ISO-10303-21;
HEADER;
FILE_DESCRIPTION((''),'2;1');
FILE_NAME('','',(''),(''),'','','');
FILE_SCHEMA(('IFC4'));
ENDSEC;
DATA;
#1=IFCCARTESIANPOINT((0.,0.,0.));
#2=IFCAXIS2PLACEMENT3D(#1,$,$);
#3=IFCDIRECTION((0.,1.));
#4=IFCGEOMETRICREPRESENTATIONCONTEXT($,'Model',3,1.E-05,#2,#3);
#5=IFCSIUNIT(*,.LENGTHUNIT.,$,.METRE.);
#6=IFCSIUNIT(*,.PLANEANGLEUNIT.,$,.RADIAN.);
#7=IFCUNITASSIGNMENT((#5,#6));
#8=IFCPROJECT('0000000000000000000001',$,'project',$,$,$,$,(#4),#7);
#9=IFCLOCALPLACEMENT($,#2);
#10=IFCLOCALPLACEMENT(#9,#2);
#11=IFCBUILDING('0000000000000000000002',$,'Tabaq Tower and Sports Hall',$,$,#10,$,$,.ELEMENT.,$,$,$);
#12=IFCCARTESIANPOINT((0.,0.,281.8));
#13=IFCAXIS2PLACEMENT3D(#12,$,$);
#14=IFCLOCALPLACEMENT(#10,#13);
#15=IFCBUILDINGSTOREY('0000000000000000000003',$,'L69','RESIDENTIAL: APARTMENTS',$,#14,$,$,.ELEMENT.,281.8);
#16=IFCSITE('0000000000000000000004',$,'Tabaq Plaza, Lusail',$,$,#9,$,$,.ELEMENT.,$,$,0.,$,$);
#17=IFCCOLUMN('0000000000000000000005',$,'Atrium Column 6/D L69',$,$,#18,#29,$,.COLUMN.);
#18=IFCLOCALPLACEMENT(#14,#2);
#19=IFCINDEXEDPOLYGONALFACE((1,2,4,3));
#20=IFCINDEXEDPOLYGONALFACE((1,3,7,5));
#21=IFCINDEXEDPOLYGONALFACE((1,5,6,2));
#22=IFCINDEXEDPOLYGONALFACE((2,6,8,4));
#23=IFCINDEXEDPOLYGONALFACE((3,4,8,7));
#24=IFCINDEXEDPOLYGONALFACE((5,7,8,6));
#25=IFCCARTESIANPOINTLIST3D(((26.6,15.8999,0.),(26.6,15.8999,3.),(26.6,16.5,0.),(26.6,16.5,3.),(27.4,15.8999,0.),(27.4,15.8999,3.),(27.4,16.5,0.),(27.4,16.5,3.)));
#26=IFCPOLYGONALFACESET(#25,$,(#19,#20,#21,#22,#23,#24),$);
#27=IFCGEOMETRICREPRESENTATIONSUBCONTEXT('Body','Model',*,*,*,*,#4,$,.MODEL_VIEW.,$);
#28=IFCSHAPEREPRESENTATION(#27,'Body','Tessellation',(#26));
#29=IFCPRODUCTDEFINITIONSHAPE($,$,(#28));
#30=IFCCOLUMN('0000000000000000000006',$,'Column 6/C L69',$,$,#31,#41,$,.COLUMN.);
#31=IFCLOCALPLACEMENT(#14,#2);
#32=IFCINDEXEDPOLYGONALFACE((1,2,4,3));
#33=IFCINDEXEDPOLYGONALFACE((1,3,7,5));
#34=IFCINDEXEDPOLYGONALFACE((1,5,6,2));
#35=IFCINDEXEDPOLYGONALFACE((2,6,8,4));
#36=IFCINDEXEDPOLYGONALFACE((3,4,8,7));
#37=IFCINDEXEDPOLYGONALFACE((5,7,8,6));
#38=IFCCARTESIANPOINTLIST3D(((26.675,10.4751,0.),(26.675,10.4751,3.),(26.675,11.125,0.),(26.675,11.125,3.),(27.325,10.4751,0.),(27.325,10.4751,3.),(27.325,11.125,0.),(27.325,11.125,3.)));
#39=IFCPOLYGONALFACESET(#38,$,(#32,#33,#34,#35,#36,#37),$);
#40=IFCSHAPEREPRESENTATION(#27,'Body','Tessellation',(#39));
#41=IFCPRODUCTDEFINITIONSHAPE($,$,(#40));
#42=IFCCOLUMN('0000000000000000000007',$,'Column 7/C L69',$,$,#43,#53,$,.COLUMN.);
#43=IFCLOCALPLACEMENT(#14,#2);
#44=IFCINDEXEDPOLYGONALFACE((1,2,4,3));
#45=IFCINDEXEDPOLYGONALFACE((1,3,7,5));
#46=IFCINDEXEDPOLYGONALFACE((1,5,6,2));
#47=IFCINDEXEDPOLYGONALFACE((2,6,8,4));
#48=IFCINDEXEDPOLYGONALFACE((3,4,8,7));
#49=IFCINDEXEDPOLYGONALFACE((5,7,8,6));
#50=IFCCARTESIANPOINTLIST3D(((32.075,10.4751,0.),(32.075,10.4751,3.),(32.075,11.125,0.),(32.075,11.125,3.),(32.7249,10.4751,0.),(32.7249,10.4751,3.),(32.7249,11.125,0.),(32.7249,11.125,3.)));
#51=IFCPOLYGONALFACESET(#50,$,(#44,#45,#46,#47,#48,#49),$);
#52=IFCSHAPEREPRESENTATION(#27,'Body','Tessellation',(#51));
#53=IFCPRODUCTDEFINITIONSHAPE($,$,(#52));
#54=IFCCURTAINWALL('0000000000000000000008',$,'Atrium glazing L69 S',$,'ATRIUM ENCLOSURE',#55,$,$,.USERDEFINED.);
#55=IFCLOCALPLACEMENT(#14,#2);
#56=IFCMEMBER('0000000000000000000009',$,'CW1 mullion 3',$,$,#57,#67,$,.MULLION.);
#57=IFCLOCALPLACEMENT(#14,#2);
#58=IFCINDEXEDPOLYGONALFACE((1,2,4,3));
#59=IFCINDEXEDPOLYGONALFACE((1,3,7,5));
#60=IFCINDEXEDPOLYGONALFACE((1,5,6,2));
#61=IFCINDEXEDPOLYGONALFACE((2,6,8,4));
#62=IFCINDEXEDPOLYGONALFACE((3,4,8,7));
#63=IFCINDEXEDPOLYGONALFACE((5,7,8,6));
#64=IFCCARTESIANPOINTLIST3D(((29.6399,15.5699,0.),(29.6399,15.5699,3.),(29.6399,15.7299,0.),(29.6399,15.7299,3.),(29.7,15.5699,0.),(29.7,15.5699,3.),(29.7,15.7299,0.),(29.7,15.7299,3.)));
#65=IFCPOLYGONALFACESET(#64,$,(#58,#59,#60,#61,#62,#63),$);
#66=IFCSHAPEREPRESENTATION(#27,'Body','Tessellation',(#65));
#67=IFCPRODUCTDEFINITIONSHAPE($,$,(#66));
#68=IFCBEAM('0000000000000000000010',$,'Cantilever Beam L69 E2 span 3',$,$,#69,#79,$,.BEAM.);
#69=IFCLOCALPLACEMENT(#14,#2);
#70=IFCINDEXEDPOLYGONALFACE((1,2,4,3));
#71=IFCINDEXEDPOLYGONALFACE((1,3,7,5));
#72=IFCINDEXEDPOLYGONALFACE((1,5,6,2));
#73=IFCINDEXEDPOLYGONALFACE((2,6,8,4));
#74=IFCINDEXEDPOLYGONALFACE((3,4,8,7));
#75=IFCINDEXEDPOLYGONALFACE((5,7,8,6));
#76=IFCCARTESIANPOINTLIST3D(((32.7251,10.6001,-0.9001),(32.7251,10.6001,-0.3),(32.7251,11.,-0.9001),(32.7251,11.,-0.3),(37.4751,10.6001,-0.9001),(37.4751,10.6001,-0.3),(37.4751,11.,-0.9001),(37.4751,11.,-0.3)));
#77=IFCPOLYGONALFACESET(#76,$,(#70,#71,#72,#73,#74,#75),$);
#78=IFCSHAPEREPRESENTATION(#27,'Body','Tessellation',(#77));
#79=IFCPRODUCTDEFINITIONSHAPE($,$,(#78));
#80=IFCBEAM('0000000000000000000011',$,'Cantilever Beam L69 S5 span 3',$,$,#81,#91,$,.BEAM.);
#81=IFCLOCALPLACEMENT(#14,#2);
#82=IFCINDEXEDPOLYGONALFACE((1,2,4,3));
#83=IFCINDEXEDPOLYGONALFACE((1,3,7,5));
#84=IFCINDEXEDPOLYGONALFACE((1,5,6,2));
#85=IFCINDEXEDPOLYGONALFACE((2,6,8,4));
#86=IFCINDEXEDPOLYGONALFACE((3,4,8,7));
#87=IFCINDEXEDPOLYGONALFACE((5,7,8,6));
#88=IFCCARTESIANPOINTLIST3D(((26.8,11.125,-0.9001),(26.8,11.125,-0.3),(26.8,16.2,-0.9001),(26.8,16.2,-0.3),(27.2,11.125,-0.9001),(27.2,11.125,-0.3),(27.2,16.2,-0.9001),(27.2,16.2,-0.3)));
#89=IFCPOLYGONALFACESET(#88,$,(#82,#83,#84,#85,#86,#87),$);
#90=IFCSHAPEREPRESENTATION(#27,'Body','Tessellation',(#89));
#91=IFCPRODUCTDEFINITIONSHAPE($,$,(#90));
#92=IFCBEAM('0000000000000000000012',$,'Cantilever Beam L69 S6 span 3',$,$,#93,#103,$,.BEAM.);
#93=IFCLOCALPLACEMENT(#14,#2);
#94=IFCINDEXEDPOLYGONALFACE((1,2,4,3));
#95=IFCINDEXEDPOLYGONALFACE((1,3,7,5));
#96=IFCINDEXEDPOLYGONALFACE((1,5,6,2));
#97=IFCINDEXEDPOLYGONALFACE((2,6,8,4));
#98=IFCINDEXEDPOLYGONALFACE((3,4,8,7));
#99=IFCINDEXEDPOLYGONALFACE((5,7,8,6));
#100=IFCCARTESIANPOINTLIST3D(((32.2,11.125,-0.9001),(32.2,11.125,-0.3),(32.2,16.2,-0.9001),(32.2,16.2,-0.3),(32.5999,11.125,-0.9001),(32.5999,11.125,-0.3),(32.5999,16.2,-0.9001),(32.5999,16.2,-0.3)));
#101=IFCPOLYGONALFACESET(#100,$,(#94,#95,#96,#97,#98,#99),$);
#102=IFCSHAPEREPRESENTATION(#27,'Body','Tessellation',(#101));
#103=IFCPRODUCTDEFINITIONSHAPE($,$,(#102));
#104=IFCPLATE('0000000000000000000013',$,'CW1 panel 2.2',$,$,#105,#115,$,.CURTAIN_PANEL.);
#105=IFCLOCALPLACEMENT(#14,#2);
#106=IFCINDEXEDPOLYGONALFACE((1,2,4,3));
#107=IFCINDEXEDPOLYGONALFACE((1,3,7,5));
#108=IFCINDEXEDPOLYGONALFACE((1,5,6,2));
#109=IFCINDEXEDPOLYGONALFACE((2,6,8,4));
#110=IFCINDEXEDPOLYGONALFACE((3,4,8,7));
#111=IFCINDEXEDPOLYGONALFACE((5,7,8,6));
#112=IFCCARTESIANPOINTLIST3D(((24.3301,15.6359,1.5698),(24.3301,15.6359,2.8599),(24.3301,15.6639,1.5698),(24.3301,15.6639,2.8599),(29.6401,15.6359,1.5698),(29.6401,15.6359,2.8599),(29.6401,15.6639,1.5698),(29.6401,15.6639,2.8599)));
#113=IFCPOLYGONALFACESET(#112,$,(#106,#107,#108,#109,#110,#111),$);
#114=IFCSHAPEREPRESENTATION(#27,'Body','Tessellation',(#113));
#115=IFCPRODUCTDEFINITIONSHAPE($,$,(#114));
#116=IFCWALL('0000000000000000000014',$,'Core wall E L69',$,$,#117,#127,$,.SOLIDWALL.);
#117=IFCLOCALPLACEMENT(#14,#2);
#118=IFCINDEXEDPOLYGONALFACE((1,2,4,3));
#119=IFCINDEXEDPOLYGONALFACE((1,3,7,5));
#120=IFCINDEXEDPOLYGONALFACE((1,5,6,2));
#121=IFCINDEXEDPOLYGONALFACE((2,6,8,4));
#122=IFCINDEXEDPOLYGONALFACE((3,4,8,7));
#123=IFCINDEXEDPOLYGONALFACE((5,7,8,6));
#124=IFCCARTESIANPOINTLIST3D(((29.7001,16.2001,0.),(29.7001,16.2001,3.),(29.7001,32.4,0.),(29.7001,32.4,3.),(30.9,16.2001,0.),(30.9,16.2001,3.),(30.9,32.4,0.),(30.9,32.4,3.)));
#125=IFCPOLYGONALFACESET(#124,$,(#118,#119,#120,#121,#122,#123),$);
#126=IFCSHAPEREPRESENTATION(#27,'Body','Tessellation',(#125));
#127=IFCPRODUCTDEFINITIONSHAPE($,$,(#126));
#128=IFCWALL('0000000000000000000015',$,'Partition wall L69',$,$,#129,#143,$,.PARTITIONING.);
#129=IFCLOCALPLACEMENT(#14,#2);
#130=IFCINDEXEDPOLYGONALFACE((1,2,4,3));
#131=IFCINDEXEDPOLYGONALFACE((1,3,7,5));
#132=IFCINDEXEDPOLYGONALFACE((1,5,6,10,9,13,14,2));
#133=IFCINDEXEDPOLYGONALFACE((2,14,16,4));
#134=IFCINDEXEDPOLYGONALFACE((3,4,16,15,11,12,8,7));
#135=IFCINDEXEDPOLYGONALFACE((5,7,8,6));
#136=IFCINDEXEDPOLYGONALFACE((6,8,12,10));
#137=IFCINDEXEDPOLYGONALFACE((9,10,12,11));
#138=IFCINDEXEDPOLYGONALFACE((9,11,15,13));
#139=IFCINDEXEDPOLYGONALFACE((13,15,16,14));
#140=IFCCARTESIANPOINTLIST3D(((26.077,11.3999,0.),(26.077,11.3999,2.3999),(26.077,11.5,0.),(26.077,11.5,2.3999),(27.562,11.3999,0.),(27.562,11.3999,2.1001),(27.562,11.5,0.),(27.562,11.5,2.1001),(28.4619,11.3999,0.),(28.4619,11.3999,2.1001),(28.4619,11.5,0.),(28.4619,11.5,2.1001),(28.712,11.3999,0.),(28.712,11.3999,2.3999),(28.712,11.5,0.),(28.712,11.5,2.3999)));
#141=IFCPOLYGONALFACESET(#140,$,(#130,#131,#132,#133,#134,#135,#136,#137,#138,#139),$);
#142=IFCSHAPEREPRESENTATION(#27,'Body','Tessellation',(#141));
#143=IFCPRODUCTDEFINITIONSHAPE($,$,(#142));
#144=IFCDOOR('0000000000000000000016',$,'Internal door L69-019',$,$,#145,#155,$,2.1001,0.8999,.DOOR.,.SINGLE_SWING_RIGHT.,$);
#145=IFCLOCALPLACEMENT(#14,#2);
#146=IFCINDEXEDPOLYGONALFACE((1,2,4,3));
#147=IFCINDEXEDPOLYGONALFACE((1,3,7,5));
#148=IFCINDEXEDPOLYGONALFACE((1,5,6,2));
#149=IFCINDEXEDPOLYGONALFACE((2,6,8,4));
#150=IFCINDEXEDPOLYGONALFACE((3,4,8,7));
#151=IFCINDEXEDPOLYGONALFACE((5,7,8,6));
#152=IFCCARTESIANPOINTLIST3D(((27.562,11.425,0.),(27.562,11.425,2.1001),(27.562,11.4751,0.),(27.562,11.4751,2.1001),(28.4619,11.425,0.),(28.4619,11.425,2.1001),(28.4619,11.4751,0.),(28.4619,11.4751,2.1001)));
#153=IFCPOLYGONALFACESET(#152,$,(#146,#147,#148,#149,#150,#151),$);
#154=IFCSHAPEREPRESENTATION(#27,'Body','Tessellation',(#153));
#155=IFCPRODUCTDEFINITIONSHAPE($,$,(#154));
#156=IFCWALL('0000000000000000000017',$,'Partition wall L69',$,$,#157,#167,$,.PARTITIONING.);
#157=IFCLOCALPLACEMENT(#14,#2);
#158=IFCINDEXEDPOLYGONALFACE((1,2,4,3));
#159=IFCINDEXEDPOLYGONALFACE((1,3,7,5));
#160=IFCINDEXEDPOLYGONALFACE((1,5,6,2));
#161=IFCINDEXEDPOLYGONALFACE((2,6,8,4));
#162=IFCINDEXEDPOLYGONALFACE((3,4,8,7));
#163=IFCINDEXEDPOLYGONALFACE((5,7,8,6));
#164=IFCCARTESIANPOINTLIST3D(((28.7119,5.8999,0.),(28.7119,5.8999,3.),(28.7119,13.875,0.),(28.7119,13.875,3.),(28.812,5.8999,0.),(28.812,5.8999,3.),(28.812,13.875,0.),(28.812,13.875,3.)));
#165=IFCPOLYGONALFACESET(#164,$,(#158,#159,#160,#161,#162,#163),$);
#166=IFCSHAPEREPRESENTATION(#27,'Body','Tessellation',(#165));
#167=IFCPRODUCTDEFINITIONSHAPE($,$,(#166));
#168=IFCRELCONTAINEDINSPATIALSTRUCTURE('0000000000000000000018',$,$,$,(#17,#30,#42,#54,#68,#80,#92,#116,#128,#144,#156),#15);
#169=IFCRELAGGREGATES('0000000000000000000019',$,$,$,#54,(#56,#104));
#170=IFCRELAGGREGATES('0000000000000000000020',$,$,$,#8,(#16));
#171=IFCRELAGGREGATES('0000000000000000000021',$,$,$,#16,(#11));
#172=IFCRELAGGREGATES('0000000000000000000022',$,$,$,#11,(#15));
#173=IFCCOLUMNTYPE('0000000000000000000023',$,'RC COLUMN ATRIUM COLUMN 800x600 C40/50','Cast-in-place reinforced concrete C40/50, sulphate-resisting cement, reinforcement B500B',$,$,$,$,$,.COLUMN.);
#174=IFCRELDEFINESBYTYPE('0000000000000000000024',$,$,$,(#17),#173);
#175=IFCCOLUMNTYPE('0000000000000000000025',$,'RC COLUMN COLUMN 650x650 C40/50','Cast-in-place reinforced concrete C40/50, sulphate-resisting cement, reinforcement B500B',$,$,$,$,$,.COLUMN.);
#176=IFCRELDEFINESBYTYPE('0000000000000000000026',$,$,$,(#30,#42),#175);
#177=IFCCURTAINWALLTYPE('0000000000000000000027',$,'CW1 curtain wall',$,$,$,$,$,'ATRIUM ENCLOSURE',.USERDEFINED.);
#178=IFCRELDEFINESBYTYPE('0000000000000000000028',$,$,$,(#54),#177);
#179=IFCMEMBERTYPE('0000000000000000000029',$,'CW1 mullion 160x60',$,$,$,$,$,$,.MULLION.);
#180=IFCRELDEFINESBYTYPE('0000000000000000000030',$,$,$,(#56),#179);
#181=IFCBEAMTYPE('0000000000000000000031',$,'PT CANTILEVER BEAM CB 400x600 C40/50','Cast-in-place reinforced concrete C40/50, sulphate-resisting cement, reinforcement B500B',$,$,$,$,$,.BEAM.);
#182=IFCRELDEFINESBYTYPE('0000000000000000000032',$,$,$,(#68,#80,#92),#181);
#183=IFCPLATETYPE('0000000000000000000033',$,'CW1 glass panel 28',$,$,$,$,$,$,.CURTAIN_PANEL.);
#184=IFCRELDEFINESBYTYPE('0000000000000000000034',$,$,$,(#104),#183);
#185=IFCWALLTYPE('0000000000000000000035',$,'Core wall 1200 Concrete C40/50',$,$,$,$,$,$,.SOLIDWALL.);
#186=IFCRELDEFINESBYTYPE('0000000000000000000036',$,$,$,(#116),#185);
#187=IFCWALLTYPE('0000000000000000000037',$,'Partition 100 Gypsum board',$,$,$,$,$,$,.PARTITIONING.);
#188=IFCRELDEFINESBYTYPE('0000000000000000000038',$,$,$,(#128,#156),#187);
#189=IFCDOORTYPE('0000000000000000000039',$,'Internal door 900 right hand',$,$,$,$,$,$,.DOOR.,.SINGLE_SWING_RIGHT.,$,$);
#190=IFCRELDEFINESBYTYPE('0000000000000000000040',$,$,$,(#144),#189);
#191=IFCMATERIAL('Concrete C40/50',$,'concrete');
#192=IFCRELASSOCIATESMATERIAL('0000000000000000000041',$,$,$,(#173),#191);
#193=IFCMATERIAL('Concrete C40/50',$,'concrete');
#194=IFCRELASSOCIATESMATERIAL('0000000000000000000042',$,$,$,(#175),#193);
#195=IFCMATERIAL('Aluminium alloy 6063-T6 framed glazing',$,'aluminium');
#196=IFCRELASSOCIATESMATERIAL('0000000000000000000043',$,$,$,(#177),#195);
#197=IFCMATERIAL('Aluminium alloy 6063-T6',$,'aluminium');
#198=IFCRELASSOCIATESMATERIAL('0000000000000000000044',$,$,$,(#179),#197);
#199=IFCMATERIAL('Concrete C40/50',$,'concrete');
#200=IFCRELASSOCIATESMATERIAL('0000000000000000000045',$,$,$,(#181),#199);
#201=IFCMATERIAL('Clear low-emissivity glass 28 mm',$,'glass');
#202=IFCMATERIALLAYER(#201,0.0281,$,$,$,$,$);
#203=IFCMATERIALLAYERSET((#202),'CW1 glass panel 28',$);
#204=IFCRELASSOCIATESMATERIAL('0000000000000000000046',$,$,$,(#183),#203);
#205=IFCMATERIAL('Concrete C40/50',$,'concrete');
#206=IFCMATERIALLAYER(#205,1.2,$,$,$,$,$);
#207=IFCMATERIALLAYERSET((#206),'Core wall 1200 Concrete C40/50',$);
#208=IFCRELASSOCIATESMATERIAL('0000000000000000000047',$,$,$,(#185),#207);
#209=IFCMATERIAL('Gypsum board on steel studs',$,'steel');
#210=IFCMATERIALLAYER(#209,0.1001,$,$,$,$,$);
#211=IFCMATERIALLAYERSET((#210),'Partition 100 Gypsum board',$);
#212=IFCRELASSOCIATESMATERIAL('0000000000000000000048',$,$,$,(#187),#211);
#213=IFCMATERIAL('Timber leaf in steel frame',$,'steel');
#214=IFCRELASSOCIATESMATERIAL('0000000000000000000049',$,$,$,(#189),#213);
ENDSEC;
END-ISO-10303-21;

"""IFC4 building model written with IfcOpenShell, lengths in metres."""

from ifc_helpers import new_model, si_unit, direction, frame, frame_2d, origin, origin_2d, place, context, subcontext, project, spatial, rectangle, extrude, material, layer, layer_set, material_profile, profile_set, type_object, element, fill, aggregate, save


model = new_model("IFC4")

# Units and contexts
model_context = context("Model", 3, precision=1e-05, world=origin(), true_north=direction((0.0, 1.0)))
body_context = subcontext(model_context, "Body", "Model", "MODEL_VIEW")
ifc_project = project(units=[si_unit("LENGTHUNIT", "METRE"), si_unit("PLANEANGLEUNIT", "RADIAN")], contexts=[model_context])

# Site, building, storey
site_placement = place(None, origin())
site = spatial("IfcSite", under=ifc_project, at=site_placement, Name="Tabaq Plaza, Lusail", CompositionType="ELEMENT", RefElevation=0.0)
building_placement = place(site_placement, origin())
building = spatial("IfcBuilding", under=site, at=building_placement, Name="Tabaq Tower and Sports Hall", CompositionType="ELEMENT")
storey_placement = place(building_placement, frame((0.0, 0.0, 281.8)))
storey = spatial("IfcBuildingStorey", under=building, at=storey_placement, Name="L69", Description="RESIDENTIAL: APARTMENTS", CompositionType="ELEMENT", Elevation=281.8)

# Columns
ifc_material_1 = material(Name="Concrete C40/50", Category="concrete")
ifc_material_profile_1 = material_profile(ifc_material_1, rectangle(XDim=0.8, YDim=0.6001, at=origin_2d()), Name="ATRIUM COLUMN 800x600")
ifc_profile_set_1 = profile_set([ifc_material_profile_1], Name="Concrete C40/50")
column_type_1 = type_object("IfcColumnType", Name="RC COLUMN ATRIUM COLUMN 800x600 C40/50", Description="Cast-in-place reinforced concrete C40/50, sulphate-resisting cement, reinforcement B500B", PredefinedType="COLUMN", material=ifc_profile_set_1)
column_placement = place(storey_placement, frame((27.0, 16.2, 0.0), z_axis=(0.0, 0.0, 1.0), x_axis=(1.0, 0.0, 0.0)))
element("IfcColumn", 1, at=column_placement, inside=storey, type_object=column_type_1, Name="Atrium Column 6/D L69", PredefinedType="COLUMN", context=body_context, shape_type="SweptSolid", body=[
    extrude(rectangle(XDim=0.8, YDim=0.6001, at=origin_2d()), origin(), (0.0, 0.0, 1.0), 3.0),
])
ifc_material_2 = material(Name="Concrete C40/50", Category="concrete")
ifc_material_profile_2 = material_profile(ifc_material_2, rectangle(XDim=0.6499, YDim=0.6499, at=origin_2d()), Name="COLUMN 650x650")
ifc_profile_set_2 = profile_set([ifc_material_profile_2], Name="Concrete C40/50")
column_type_2 = type_object("IfcColumnType", Name="RC COLUMN COLUMN 650x650 C40/50", Description="Cast-in-place reinforced concrete C40/50, sulphate-resisting cement, reinforcement B500B", PredefinedType="COLUMN", material=ifc_profile_set_2)
for number, where, z_axis, x_axis, name in (
    (2, (27.0, 10.8, 0.0), (0.0, 0.0, 1.0), (1.0, 0.0, 0.0), "Column 6/C L69"),
    (3, (32.3999, 10.8, 0.0), (0.0, 0.0, 1.0), (1.0, 0.0, 0.0), "Column 7/C L69"),
):
    element("IfcColumn", number, at=place(storey_placement, frame(where, z_axis=z_axis, x_axis=x_axis)), inside=storey, type_object=column_type_2, Name=name, PredefinedType="COLUMN", context=body_context, shape_type="SweptSolid", body=[
        extrude(rectangle(XDim=0.6499, YDim=0.6499, at=origin_2d()), origin(), (0.0, 0.0, 1.0), 3.0),
    ])

# Curtain wall, member
ifc_material_3 = material(Name="Aluminium alloy 6063-T6 framed glazing", Category="aluminium")
curtain_wall_type = type_object("IfcCurtainWallType", Name="CW1 curtain wall", ElementType="ATRIUM ENCLOSURE", PredefinedType="USERDEFINED", material=ifc_material_3)
curtain_wall_placement = place(storey_placement, origin())
curtain_wall = element("IfcCurtainWall", 4, at=curtain_wall_placement, inside=storey, type_object=curtain_wall_type, Name="Atrium glazing L69 S", ObjectType="ATRIUM ENCLOSURE", PredefinedType="USERDEFINED")
ifc_material_4 = material(Name="Aluminium alloy 6063-T6", Category="aluminium")
ifc_material_profile_3 = material_profile(ifc_material_4, rectangle(XDim=0.1599, YDim=0.0601, at=origin_2d()), Name="MULLION 160x60")
ifc_profile_set_3 = profile_set([ifc_material_profile_3], Name="Aluminium alloy 6063-T6")
member_type = type_object("IfcMemberType", Name="CW1 mullion 160x60", PredefinedType="MULLION", material=ifc_profile_set_3)
member_placement = place(storey_placement, frame((29.6699, 15.6499, 0.0), z_axis=(0.0, 0.0, 1.0), x_axis=(0.0, 1.0, 0.0)))
member = element("IfcMember", 5, at=member_placement, type_object=member_type, Name="CW1 mullion 3", PredefinedType="MULLION", context=body_context, shape_type="SweptSolid", body=[
    extrude(rectangle(XDim=0.1599, YDim=0.0601, at=origin_2d()), origin(), (0.0, 0.0, 1.0), 3.0),
])

# Beams
ifc_material_5 = material(Name="Concrete C40/50", Category="concrete")
ifc_material_profile_4 = material_profile(ifc_material_5, rectangle(XDim=0.3999, YDim=0.6001, at=origin_2d()), Name="CB 400x600")
ifc_profile_set_4 = profile_set([ifc_material_profile_4], Name="Concrete C40/50")
beam_type = type_object("IfcBeamType", Name="PT CANTILEVER BEAM CB 400x600 C40/50", Description="Cast-in-place reinforced concrete C40/50, sulphate-resisting cement, reinforcement B500B", PredefinedType="BEAM", material=ifc_profile_set_4)
beam_placement = place(storey_placement, frame((37.4751, 10.8, -0.6001), z_axis=(-1.0, 0.0, 0.0), x_axis=(0.0, -1.0, 0.0)))
element("IfcBeam", 6, at=beam_placement, inside=storey, type_object=beam_type, Name="Cantilever Beam L69 E2 span 3", PredefinedType="BEAM", context=body_context, shape_type="SweptSolid", body=[
    extrude(rectangle(XDim=0.3999, YDim=0.6001, at=origin_2d()), origin(), (0.0, 0.0, 1.0), 4.75),
])
for number, where, z_axis, x_axis, name in (
    (7, (27.0, 11.125, -0.6001), (0.0, 1.0, 0.0), (-1.0, 0.0, 0.0), "Cantilever Beam L69 S5 span 3"),
    (8, (32.3999, 11.125, -0.6001), (0.0, 1.0, 0.0), (-1.0, 0.0, 0.0), "Cantilever Beam L69 S6 span 3"),
):
    element("IfcBeam", number, at=place(storey_placement, frame(where, z_axis=z_axis, x_axis=x_axis)), inside=storey, type_object=beam_type, Name=name, PredefinedType="BEAM", context=body_context, shape_type="SweptSolid", body=[
        extrude(rectangle(XDim=0.3999, YDim=0.6001, at=origin_2d()), origin(), (0.0, 0.0, 1.0), 5.075),
    ])

# Plate
ifc_material_6 = material(Name="Clear low-emissivity glass 28 mm", Category="glass")
ifc_layer_1 = layer(ifc_material_6, 0.0281)
ifc_layer_set_1 = layer_set([ifc_layer_1], Name="CW1 glass panel 28")
plate_type = type_object("IfcPlateType", Name="CW1 glass panel 28", PredefinedType="CURTAIN_PANEL", material=ifc_layer_set_1)
plate_placement = place(storey_placement, frame((26.9851, 15.6499, 1.5698), z_axis=(0.0, 0.0, 1.0), x_axis=(1.0, 0.0, 0.0)))
plate = element("IfcPlate", 9, at=plate_placement, type_object=plate_type, Name="CW1 panel 2.2", PredefinedType="CURTAIN_PANEL", context=body_context, shape_type="SweptSolid", body=[
    extrude(rectangle(XDim=5.3101, YDim=0.0281, at=origin_2d()), origin(), (0.0, 0.0, 1.0), 1.29),
])
aggregate(curtain_wall, [member, plate])

# Wall
ifc_material_7 = material(Name="Concrete C40/50", Category="concrete")
ifc_layer_2 = layer(ifc_material_7, 1.2)
ifc_layer_set_2 = layer_set([ifc_layer_2], Name="Core wall 1200 Concrete C40/50")
wall_type_1 = type_object("IfcWallType", Name="Core wall 1200 Concrete C40/50", PredefinedType="SOLIDWALL", material=ifc_layer_set_2)
wall_1_placement = place(storey_placement, frame((30.3, 16.2, 0.0), z_axis=(0.0, 0.0, 1.0), x_axis=(0.0, 1.0, 0.0)))
element("IfcWall", 10, at=wall_1_placement, inside=storey, type_object=wall_type_1, Name="Core wall E L69", PredefinedType="SOLIDWALL", context=body_context, shape_type="SweptSolid", body=[
    extrude(rectangle(XDim=16.2, YDim=1.2, at=frame_2d((8.1001, 0.0))), origin(), (0.0, 0.0, 1.0), 3.0),
])

# Wall, opening, door
ifc_material_8 = material(Name="Gypsum board on steel studs", Category="steel")
ifc_layer_3 = layer(ifc_material_8, 0.1001)
ifc_layer_set_3 = layer_set([ifc_layer_3], Name="Partition 100 Gypsum board")
wall_type_2 = type_object("IfcWallType", Name="Partition 100 Gypsum board", PredefinedType="PARTITIONING", material=ifc_layer_set_3)
wall_2_placement = place(storey_placement, frame((28.7119, 11.45, 0.0), z_axis=(0.0, 0.0, 1.0), x_axis=(-1.0, 0.0, 0.0)))
wall_2 = element("IfcWall", 11, at=wall_2_placement, inside=storey, type_object=wall_type_2, Name="Partition wall L69", PredefinedType="PARTITIONING", context=body_context, shape_type="SweptSolid", body=[
    extrude(rectangle(XDim=2.635, YDim=0.1001, at=frame_2d((1.3174, 0.0))), origin(), (0.0, 0.0, 1.0), 2.3999),
])
opening_1_placement = place(wall_2_placement, frame((0.25, 0.0, 0.0)))
opening_1 = element("IfcOpeningElement", 12, at=opening_1_placement, cuts=wall_2, PredefinedType="OPENING", context=body_context, shape_type="SweptSolid", body=[
    extrude(rectangle(XDim=0.8999, YDim=2.1001, at=frame_2d((0.45, 1.05))), frame((0.0, 0.05, 0.0), z_axis=(0.0, -1.0, 0.0), x_axis=(1.0, 0.0, 0.0)), (0.0, 0.0, 1.0), 0.1001),
])
ifc_material_9 = material(Name="Timber leaf in steel frame", Category="steel")
door_type_1 = type_object("IfcDoorType", Name="Internal door 900 right hand", OperationType="SINGLE_SWING_RIGHT", PredefinedType="DOOR", material=ifc_material_9)
door_1_placement = place(opening_1_placement, origin())
door_1 = element("IfcDoor", 13, at=door_1_placement, inside=storey, type_object=door_type_1, Name="Internal door L69-019", OperationType="SINGLE_SWING_RIGHT", OverallHeight=2.1001, OverallWidth=0.8999, PredefinedType="DOOR", context=body_context, shape_type="SweptSolid", body=[
    extrude(rectangle(XDim=0.8999, YDim=2.1001, at=frame_2d((0.45, 1.05))), frame((0.0, 0.0249, 0.0), z_axis=(0.0, -1.0, 0.0), x_axis=(1.0, 0.0, 0.0)), (0.0, 0.0, 1.0), 0.05),
])
fill(opening_1, door_1)

# Wall
wall_3_placement = place(storey_placement, frame((28.762, 5.8999, 0.0), z_axis=(0.0, 0.0, 1.0), x_axis=(0.0, 1.0, 0.0)))
element("IfcWall", 14, at=wall_3_placement, inside=storey, type_object=wall_type_2, Name="Partition wall L69", PredefinedType="PARTITIONING", context=body_context, shape_type="SweptSolid", body=[
    extrude(rectangle(XDim=7.9751, YDim=0.1001, at=frame_2d((3.9875, 0.0))), origin(), (0.0, 0.0, 1.0), 3.0),
])

save(model, "model.ifc")
